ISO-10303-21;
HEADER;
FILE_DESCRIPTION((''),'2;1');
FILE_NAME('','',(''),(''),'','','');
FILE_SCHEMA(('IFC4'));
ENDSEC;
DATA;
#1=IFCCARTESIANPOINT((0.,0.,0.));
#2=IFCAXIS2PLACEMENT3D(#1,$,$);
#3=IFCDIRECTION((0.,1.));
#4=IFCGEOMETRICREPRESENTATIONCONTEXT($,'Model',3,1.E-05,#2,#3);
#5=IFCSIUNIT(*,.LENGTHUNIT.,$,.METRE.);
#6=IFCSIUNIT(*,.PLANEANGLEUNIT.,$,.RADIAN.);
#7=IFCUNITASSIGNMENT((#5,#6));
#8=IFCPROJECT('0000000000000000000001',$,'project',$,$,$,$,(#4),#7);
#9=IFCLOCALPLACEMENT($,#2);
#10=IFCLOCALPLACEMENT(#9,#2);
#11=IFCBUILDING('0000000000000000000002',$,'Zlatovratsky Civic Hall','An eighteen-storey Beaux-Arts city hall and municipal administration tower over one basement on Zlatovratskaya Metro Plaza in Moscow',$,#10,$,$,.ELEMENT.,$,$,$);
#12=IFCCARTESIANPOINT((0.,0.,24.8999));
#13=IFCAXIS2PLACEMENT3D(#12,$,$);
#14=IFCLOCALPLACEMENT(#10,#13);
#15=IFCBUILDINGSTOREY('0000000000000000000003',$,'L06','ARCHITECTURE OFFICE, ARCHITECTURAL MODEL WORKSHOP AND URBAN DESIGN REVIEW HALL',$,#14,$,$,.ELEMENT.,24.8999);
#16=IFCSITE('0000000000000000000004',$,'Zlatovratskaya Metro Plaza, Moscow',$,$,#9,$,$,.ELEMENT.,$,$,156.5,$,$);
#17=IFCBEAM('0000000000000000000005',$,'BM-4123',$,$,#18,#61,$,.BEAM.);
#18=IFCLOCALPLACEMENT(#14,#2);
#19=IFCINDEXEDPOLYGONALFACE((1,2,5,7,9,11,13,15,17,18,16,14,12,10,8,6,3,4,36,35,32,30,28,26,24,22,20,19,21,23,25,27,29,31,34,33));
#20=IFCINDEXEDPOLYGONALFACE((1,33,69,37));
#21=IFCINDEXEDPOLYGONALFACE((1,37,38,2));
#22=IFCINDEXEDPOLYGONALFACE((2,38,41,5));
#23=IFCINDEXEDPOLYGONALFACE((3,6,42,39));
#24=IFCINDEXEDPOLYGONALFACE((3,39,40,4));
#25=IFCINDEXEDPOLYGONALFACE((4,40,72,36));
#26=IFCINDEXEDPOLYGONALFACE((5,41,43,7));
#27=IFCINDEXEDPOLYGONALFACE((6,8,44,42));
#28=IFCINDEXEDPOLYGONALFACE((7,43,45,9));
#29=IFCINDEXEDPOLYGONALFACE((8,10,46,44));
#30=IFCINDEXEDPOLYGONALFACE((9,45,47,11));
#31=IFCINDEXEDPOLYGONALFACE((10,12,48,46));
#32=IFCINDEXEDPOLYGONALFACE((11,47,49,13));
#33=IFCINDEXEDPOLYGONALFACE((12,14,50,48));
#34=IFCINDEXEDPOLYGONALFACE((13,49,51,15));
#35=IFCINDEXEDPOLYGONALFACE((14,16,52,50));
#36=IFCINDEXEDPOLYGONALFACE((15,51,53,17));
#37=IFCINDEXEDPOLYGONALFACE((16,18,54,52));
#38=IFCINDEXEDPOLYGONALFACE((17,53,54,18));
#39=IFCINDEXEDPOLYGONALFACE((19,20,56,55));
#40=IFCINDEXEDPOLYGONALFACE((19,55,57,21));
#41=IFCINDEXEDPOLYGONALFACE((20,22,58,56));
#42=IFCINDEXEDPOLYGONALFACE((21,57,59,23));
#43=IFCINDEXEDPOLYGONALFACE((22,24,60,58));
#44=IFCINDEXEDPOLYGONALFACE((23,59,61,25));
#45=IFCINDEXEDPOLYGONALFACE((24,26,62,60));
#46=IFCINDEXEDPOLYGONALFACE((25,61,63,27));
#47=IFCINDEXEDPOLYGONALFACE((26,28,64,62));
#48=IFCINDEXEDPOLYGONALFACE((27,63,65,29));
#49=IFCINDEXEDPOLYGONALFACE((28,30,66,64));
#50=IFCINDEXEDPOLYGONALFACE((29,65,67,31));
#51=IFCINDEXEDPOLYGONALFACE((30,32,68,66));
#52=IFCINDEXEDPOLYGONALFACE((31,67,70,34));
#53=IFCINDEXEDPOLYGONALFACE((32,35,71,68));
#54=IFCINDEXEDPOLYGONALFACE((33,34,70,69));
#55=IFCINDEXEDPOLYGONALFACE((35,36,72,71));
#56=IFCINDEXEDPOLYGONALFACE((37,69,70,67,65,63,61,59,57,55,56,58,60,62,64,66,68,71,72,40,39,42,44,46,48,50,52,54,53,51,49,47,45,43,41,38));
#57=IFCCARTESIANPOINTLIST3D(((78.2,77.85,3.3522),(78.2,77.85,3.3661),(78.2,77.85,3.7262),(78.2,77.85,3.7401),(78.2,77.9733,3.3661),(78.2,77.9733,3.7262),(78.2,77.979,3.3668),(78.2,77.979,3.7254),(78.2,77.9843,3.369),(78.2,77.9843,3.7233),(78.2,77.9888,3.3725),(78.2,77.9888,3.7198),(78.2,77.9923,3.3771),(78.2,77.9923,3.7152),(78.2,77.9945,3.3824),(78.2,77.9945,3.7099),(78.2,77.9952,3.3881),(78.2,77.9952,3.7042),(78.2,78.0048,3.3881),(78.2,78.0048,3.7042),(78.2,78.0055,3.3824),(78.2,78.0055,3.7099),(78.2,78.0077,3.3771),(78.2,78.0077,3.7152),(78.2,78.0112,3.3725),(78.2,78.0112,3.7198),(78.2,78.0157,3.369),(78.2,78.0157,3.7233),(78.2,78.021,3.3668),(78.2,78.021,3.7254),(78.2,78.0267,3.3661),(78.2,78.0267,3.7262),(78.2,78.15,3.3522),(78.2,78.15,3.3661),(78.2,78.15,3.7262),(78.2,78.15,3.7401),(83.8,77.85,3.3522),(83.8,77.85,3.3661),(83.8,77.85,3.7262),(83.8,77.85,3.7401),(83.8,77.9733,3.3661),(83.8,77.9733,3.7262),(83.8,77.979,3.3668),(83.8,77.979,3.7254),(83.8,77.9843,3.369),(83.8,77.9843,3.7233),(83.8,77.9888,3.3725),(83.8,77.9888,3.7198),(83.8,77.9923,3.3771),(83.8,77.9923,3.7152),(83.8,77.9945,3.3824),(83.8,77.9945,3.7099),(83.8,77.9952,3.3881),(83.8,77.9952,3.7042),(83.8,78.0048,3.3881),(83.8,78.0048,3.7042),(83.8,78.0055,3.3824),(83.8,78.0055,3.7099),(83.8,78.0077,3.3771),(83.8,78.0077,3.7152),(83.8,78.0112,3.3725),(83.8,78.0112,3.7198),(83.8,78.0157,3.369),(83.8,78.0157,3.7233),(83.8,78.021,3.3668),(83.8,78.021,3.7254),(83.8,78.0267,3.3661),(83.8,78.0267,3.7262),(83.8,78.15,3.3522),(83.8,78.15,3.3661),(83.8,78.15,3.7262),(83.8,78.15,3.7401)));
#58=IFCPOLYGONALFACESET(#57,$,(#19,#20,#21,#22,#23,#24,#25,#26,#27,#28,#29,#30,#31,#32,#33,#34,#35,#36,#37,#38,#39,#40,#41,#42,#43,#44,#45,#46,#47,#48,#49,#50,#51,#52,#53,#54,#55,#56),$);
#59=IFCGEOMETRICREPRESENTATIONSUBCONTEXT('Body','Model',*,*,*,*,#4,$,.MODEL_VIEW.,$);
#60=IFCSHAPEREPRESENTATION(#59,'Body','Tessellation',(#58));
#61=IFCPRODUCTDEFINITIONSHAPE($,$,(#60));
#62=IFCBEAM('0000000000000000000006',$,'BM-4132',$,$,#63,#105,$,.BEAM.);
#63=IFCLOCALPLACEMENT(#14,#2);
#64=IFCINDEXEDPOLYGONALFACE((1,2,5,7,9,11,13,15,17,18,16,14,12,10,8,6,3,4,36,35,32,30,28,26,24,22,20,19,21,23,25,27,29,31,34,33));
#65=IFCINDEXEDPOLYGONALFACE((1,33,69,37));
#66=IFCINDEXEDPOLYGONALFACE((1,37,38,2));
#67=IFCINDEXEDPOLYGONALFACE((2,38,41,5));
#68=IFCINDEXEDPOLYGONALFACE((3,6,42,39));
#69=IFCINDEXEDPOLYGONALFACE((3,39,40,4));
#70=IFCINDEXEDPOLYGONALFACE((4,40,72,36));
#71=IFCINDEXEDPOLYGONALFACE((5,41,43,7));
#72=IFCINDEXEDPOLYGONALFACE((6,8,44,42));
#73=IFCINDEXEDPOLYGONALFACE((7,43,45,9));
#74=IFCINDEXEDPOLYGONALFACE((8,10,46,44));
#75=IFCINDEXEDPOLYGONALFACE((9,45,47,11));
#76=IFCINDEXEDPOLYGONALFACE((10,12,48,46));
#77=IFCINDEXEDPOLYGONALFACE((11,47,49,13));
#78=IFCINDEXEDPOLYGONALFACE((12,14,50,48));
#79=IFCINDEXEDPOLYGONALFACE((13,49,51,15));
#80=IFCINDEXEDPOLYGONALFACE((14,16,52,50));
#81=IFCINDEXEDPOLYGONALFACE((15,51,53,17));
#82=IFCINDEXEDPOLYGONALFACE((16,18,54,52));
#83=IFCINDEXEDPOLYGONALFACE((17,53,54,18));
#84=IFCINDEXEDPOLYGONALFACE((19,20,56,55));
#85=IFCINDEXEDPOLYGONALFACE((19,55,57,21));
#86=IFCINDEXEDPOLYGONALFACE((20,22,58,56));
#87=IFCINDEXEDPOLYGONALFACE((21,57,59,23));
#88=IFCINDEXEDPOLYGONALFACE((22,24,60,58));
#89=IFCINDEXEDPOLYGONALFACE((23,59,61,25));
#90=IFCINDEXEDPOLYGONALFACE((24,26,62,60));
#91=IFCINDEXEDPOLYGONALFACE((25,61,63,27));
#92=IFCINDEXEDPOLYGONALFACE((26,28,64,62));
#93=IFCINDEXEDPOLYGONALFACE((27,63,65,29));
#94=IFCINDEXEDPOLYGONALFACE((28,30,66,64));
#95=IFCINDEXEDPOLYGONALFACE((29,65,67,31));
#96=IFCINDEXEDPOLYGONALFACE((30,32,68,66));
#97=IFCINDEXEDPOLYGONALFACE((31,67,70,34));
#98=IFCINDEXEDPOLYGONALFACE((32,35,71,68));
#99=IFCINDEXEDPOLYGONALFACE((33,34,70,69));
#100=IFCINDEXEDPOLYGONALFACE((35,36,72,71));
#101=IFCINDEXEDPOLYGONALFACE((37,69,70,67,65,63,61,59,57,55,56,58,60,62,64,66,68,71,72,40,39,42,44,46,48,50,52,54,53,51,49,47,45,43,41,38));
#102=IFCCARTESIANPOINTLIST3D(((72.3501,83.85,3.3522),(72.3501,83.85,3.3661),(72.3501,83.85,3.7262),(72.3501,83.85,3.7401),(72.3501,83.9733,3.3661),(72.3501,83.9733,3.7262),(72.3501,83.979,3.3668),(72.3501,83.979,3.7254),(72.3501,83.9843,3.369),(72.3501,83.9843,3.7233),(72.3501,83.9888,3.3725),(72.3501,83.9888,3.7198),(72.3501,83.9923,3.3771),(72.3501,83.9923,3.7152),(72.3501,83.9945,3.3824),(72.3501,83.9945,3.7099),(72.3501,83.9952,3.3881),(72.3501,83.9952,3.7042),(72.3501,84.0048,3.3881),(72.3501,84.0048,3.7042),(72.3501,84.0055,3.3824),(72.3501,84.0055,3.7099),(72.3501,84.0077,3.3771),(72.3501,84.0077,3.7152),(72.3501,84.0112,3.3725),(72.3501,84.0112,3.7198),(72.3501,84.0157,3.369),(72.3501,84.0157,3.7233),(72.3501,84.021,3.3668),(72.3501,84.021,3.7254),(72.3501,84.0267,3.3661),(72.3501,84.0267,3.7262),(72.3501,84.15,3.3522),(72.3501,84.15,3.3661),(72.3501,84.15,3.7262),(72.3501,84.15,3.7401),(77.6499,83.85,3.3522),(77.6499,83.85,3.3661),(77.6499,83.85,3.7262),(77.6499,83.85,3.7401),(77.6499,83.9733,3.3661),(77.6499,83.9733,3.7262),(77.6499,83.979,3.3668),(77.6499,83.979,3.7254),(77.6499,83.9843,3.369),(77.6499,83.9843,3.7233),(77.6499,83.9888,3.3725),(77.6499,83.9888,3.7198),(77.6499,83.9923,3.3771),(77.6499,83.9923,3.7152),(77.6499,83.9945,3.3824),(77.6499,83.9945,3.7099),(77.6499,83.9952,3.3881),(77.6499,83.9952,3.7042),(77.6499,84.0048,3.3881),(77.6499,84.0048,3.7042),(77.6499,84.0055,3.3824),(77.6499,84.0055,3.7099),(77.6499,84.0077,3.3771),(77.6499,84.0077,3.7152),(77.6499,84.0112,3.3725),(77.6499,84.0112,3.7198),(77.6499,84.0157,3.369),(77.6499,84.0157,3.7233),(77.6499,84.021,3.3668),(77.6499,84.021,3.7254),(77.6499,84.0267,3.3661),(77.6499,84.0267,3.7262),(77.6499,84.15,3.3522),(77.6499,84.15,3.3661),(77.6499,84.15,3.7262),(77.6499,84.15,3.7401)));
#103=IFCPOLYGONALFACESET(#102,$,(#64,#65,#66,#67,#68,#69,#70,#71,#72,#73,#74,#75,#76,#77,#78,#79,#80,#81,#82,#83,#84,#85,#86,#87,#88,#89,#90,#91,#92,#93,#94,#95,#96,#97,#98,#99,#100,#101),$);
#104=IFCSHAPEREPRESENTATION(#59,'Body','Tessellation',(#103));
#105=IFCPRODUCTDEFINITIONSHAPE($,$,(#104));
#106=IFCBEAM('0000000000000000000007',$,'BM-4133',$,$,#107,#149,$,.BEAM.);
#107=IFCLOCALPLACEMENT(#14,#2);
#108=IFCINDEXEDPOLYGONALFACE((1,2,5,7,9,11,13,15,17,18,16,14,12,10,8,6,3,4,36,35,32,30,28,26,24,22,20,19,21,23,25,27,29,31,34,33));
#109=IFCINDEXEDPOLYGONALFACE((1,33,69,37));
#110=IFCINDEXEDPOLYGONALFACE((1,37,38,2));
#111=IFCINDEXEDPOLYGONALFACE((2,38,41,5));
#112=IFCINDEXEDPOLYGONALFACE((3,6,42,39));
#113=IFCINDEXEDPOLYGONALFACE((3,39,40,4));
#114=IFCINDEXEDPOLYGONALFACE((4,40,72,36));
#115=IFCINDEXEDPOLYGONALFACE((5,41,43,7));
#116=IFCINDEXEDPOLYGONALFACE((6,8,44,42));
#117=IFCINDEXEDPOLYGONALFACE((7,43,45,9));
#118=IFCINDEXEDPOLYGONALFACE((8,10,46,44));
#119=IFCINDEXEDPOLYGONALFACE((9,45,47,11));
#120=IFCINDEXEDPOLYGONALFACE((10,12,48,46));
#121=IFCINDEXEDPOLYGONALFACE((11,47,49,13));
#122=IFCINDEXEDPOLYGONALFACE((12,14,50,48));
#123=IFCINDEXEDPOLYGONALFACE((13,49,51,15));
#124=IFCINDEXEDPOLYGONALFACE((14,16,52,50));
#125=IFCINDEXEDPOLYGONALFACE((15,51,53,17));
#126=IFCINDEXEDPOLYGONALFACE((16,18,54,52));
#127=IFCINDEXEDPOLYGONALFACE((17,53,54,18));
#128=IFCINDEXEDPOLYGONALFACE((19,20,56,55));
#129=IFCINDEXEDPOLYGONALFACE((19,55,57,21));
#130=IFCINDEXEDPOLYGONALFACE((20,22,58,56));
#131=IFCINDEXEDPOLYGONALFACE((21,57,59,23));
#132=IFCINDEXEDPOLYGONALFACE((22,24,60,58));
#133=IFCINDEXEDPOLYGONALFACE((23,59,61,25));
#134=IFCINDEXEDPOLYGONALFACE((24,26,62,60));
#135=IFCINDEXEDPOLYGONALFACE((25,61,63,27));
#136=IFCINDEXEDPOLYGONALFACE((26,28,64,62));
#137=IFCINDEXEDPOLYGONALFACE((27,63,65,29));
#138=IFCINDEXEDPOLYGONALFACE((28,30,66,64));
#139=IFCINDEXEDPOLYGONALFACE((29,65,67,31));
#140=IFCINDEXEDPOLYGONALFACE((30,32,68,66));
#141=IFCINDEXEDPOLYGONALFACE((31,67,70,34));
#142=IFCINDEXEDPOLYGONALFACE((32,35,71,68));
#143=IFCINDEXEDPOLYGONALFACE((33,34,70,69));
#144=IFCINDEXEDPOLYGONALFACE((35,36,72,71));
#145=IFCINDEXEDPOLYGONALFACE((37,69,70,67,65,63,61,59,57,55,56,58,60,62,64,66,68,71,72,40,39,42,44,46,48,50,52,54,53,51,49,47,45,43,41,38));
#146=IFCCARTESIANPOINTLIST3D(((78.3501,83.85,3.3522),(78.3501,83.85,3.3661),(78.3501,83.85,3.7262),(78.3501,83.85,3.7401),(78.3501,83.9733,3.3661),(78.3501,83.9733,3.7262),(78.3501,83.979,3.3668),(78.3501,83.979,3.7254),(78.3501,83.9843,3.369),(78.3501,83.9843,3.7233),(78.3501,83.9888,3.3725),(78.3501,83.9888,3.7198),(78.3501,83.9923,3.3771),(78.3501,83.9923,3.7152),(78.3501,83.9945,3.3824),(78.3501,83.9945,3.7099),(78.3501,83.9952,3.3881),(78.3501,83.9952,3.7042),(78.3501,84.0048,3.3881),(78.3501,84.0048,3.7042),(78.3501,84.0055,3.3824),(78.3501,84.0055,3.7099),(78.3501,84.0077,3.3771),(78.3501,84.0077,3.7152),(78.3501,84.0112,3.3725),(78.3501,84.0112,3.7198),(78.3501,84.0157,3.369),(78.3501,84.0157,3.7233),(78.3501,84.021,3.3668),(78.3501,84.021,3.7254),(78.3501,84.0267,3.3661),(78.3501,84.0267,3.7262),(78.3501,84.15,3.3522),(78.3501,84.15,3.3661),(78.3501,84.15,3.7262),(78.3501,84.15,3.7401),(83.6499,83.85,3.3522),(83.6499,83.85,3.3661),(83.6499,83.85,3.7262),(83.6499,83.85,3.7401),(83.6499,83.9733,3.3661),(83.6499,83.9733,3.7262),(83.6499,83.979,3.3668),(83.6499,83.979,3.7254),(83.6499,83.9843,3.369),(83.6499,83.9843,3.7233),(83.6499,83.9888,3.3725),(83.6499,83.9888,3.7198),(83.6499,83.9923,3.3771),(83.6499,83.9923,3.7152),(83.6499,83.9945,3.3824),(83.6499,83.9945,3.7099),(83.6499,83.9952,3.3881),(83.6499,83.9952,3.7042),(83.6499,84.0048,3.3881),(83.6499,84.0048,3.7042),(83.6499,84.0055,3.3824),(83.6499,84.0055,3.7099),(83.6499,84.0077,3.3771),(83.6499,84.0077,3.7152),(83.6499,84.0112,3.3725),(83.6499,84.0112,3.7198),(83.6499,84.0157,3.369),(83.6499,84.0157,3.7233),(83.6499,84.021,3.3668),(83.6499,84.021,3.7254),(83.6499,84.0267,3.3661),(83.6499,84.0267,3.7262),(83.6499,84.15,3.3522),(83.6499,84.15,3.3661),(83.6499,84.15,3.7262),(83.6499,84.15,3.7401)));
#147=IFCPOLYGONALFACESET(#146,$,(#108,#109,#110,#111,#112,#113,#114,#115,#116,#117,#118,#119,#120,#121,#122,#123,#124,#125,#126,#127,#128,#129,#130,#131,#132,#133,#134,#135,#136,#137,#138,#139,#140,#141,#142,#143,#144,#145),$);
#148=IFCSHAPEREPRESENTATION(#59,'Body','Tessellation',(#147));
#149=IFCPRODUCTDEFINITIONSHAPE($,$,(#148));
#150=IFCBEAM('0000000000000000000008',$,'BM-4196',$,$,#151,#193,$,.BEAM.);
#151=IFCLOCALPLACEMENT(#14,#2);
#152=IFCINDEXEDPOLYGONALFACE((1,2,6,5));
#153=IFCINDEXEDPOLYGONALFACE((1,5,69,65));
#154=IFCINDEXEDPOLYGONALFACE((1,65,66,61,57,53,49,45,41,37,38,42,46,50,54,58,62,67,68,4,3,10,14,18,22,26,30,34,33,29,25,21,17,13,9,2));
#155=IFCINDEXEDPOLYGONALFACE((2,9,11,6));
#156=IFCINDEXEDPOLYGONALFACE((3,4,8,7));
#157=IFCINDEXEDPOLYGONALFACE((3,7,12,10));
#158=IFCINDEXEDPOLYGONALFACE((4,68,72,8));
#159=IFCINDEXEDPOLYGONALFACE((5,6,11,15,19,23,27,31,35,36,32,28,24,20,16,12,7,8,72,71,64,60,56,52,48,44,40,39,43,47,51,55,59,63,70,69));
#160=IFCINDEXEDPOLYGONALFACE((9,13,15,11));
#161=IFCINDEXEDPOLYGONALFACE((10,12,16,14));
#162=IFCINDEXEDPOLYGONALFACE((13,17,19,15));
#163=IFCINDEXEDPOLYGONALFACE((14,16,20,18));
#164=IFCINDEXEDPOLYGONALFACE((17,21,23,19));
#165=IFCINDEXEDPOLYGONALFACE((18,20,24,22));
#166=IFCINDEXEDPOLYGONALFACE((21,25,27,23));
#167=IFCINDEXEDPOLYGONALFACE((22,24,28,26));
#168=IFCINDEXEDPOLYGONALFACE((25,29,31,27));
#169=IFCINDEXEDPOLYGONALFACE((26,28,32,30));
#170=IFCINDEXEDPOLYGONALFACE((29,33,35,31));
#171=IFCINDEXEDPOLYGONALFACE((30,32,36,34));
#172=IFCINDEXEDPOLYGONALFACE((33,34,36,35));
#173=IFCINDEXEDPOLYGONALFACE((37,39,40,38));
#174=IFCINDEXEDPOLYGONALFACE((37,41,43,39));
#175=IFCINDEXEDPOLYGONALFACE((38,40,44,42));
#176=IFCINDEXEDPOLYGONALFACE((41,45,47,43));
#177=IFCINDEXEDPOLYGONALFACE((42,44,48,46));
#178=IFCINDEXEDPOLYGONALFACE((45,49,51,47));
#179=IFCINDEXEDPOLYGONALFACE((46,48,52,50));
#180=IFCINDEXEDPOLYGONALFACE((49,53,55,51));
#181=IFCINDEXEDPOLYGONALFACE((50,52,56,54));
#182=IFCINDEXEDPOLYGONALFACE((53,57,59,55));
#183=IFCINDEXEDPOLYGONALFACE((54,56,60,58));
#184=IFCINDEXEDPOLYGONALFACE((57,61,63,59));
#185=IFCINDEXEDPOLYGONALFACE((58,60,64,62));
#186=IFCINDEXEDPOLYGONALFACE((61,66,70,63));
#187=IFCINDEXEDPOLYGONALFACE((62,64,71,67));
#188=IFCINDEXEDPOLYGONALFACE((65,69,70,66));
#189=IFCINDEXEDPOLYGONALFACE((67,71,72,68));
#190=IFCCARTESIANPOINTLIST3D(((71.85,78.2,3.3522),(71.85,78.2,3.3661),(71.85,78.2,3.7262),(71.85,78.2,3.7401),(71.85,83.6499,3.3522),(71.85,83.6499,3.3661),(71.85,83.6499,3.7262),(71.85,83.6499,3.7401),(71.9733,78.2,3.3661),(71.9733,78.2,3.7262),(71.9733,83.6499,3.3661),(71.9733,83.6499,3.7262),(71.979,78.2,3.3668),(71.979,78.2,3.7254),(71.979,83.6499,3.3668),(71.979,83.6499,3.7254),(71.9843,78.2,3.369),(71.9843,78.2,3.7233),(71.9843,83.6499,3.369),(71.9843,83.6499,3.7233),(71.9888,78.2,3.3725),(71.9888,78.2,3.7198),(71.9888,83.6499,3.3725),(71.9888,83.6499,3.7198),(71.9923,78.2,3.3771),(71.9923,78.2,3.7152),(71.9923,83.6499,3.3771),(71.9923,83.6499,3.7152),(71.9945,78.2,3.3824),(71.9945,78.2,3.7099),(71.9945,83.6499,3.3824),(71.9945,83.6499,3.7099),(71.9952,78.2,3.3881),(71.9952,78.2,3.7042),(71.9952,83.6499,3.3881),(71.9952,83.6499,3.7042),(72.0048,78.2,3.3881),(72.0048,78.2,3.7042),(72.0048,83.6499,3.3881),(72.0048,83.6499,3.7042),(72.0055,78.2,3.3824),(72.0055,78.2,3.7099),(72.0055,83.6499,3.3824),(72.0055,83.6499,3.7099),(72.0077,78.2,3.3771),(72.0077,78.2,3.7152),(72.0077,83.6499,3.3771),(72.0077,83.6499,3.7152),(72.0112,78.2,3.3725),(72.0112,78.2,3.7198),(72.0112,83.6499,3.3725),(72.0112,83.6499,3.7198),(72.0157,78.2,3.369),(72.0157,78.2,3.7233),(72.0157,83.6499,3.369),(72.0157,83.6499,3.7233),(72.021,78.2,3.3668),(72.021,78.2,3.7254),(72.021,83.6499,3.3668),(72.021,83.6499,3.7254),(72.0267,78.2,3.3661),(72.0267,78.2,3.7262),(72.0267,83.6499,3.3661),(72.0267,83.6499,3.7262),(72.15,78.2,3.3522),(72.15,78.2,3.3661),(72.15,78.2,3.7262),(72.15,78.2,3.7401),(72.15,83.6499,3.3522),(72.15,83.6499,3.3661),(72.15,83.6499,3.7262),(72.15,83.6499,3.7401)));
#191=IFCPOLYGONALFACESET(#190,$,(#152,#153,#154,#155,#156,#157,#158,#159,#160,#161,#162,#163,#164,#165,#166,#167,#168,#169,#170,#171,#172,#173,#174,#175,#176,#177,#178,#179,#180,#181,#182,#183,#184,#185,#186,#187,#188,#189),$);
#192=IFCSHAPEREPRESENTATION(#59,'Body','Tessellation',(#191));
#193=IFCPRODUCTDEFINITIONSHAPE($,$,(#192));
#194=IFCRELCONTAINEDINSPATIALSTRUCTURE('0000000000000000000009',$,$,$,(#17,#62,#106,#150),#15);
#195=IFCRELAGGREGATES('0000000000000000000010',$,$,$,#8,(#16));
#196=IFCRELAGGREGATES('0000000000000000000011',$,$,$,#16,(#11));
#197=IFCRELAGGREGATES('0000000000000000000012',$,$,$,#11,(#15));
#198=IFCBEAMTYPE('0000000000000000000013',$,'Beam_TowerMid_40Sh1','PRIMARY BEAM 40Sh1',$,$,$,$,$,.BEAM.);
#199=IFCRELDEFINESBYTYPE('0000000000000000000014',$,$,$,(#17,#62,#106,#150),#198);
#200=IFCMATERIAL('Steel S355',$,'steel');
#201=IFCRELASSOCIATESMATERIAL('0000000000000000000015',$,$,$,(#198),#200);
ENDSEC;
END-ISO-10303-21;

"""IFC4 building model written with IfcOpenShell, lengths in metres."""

from ifc_helpers import new_model, si_unit, direction, frame, origin, origin_2d, place, context, subcontext, project, spatial, i_section, extrude, material, material_profile, profile_set, type_object, element, save


model = new_model("IFC4")

# Units and contexts
model_context = context("Model", 3, precision=1e-05, world=origin(), true_north=direction((0.0, 1.0)))
body_context = subcontext(model_context, "Body", "Model", "MODEL_VIEW")
ifc_project = project(units=[si_unit("LENGTHUNIT", "METRE"), si_unit("PLANEANGLEUNIT", "RADIAN")], contexts=[model_context])

# Site, building, storey
site_placement = place(None, origin())
site = spatial("IfcSite", under=ifc_project, at=site_placement, Name="Zlatovratskaya Metro Plaza, Moscow", CompositionType="ELEMENT", RefElevation=156.5)
building_placement = place(site_placement, origin())
building = spatial("IfcBuilding", under=site, at=building_placement, Name="Zlatovratsky Civic Hall", Description="An eighteen-storey Beaux-Arts city hall and municipal administration tower over one basement on Zlatovratskaya Metro Plaza in Moscow", CompositionType="ELEMENT")
storey_placement = place(building_placement, frame((0.0, 0.0, 24.8999)))
storey = spatial("IfcBuildingStorey", under=building, at=storey_placement, Name="L06", Description="ARCHITECTURE OFFICE, ARCHITECTURAL MODEL WORKSHOP AND URBAN DESIGN REVIEW HALL", CompositionType="ELEMENT", Elevation=24.8999)

# Shared definitions
ifc_material_1 = material(Name="Steel S355", Category="steel")

# Beams
ifc_material_profile_1 = material_profile(ifc_material_1, i_section(OverallWidth=0.3, OverallDepth=0.3879, WebThickness=0.0095, FlangeThickness=0.0139, FilletRadius=0.022, at=origin_2d()), Name="40Sh1")
ifc_profile_set_1 = profile_set([ifc_material_profile_1], Name="Steel S355")
beam_type = type_object("IfcBeamType", Name="Beam_TowerMid_40Sh1", Description="PRIMARY BEAM 40Sh1", PredefinedType="BEAM", material=ifc_profile_set_1)
for number, where, z_axis, x_axis, name in (
    (1, (78.2, 78.0, 3.5461), (1.0, 0.0, 0.0), (0.0, 1.0, 0.0), "BM-4123"),
):
    element("IfcBeam", number, at=place(storey_placement, frame(where, z_axis=z_axis, x_axis=x_axis)), inside=storey, type_object=beam_type, Name=name, PredefinedType="BEAM", context=body_context, shape_type="SweptSolid", body=[
        extrude(i_section(OverallWidth=0.3, OverallDepth=0.3879, WebThickness=0.0095, FlangeThickness=0.0139, FilletRadius=0.022, at=origin_2d()), origin(), (0.0, 0.0, 1.0), 5.6001),
    ])
for number, where, z_axis, x_axis, name in (
    (2, (72.3501, 84.0, 3.5461), (1.0, 0.0, 0.0), (0.0, 1.0, 0.0), "BM-4132"),
    (3, (78.3501, 84.0, 3.5461), (1.0, 0.0, 0.0), (0.0, 1.0, 0.0), "BM-4133"),
):
    element("IfcBeam", number, at=place(storey_placement, frame(where, z_axis=z_axis, x_axis=x_axis)), inside=storey, type_object=beam_type, Name=name, PredefinedType="BEAM", context=body_context, shape_type="SweptSolid", body=[
        extrude(i_section(OverallWidth=0.3, OverallDepth=0.3879, WebThickness=0.0095, FlangeThickness=0.0139, FilletRadius=0.022, at=origin_2d()), origin(), (0.0, 0.0, 1.0), 5.2998),
    ])
beam_1_placement = place(storey_placement, frame((72.0, 78.2, 3.5461), z_axis=(0.0, 1.0, 0.0), x_axis=(-1.0, 0.0, 0.0)))
element("IfcBeam", 4, at=beam_1_placement, inside=storey, type_object=beam_type, Name="BM-4196", PredefinedType="BEAM", context=body_context, shape_type="SweptSolid", body=[
    extrude(i_section(OverallWidth=0.3, OverallDepth=0.3879, WebThickness=0.0095, FlangeThickness=0.0139, FilletRadius=0.022, at=origin_2d()), origin(), (0.0, 0.0, 1.0), 5.45),
])

save(model, "model.ifc")
